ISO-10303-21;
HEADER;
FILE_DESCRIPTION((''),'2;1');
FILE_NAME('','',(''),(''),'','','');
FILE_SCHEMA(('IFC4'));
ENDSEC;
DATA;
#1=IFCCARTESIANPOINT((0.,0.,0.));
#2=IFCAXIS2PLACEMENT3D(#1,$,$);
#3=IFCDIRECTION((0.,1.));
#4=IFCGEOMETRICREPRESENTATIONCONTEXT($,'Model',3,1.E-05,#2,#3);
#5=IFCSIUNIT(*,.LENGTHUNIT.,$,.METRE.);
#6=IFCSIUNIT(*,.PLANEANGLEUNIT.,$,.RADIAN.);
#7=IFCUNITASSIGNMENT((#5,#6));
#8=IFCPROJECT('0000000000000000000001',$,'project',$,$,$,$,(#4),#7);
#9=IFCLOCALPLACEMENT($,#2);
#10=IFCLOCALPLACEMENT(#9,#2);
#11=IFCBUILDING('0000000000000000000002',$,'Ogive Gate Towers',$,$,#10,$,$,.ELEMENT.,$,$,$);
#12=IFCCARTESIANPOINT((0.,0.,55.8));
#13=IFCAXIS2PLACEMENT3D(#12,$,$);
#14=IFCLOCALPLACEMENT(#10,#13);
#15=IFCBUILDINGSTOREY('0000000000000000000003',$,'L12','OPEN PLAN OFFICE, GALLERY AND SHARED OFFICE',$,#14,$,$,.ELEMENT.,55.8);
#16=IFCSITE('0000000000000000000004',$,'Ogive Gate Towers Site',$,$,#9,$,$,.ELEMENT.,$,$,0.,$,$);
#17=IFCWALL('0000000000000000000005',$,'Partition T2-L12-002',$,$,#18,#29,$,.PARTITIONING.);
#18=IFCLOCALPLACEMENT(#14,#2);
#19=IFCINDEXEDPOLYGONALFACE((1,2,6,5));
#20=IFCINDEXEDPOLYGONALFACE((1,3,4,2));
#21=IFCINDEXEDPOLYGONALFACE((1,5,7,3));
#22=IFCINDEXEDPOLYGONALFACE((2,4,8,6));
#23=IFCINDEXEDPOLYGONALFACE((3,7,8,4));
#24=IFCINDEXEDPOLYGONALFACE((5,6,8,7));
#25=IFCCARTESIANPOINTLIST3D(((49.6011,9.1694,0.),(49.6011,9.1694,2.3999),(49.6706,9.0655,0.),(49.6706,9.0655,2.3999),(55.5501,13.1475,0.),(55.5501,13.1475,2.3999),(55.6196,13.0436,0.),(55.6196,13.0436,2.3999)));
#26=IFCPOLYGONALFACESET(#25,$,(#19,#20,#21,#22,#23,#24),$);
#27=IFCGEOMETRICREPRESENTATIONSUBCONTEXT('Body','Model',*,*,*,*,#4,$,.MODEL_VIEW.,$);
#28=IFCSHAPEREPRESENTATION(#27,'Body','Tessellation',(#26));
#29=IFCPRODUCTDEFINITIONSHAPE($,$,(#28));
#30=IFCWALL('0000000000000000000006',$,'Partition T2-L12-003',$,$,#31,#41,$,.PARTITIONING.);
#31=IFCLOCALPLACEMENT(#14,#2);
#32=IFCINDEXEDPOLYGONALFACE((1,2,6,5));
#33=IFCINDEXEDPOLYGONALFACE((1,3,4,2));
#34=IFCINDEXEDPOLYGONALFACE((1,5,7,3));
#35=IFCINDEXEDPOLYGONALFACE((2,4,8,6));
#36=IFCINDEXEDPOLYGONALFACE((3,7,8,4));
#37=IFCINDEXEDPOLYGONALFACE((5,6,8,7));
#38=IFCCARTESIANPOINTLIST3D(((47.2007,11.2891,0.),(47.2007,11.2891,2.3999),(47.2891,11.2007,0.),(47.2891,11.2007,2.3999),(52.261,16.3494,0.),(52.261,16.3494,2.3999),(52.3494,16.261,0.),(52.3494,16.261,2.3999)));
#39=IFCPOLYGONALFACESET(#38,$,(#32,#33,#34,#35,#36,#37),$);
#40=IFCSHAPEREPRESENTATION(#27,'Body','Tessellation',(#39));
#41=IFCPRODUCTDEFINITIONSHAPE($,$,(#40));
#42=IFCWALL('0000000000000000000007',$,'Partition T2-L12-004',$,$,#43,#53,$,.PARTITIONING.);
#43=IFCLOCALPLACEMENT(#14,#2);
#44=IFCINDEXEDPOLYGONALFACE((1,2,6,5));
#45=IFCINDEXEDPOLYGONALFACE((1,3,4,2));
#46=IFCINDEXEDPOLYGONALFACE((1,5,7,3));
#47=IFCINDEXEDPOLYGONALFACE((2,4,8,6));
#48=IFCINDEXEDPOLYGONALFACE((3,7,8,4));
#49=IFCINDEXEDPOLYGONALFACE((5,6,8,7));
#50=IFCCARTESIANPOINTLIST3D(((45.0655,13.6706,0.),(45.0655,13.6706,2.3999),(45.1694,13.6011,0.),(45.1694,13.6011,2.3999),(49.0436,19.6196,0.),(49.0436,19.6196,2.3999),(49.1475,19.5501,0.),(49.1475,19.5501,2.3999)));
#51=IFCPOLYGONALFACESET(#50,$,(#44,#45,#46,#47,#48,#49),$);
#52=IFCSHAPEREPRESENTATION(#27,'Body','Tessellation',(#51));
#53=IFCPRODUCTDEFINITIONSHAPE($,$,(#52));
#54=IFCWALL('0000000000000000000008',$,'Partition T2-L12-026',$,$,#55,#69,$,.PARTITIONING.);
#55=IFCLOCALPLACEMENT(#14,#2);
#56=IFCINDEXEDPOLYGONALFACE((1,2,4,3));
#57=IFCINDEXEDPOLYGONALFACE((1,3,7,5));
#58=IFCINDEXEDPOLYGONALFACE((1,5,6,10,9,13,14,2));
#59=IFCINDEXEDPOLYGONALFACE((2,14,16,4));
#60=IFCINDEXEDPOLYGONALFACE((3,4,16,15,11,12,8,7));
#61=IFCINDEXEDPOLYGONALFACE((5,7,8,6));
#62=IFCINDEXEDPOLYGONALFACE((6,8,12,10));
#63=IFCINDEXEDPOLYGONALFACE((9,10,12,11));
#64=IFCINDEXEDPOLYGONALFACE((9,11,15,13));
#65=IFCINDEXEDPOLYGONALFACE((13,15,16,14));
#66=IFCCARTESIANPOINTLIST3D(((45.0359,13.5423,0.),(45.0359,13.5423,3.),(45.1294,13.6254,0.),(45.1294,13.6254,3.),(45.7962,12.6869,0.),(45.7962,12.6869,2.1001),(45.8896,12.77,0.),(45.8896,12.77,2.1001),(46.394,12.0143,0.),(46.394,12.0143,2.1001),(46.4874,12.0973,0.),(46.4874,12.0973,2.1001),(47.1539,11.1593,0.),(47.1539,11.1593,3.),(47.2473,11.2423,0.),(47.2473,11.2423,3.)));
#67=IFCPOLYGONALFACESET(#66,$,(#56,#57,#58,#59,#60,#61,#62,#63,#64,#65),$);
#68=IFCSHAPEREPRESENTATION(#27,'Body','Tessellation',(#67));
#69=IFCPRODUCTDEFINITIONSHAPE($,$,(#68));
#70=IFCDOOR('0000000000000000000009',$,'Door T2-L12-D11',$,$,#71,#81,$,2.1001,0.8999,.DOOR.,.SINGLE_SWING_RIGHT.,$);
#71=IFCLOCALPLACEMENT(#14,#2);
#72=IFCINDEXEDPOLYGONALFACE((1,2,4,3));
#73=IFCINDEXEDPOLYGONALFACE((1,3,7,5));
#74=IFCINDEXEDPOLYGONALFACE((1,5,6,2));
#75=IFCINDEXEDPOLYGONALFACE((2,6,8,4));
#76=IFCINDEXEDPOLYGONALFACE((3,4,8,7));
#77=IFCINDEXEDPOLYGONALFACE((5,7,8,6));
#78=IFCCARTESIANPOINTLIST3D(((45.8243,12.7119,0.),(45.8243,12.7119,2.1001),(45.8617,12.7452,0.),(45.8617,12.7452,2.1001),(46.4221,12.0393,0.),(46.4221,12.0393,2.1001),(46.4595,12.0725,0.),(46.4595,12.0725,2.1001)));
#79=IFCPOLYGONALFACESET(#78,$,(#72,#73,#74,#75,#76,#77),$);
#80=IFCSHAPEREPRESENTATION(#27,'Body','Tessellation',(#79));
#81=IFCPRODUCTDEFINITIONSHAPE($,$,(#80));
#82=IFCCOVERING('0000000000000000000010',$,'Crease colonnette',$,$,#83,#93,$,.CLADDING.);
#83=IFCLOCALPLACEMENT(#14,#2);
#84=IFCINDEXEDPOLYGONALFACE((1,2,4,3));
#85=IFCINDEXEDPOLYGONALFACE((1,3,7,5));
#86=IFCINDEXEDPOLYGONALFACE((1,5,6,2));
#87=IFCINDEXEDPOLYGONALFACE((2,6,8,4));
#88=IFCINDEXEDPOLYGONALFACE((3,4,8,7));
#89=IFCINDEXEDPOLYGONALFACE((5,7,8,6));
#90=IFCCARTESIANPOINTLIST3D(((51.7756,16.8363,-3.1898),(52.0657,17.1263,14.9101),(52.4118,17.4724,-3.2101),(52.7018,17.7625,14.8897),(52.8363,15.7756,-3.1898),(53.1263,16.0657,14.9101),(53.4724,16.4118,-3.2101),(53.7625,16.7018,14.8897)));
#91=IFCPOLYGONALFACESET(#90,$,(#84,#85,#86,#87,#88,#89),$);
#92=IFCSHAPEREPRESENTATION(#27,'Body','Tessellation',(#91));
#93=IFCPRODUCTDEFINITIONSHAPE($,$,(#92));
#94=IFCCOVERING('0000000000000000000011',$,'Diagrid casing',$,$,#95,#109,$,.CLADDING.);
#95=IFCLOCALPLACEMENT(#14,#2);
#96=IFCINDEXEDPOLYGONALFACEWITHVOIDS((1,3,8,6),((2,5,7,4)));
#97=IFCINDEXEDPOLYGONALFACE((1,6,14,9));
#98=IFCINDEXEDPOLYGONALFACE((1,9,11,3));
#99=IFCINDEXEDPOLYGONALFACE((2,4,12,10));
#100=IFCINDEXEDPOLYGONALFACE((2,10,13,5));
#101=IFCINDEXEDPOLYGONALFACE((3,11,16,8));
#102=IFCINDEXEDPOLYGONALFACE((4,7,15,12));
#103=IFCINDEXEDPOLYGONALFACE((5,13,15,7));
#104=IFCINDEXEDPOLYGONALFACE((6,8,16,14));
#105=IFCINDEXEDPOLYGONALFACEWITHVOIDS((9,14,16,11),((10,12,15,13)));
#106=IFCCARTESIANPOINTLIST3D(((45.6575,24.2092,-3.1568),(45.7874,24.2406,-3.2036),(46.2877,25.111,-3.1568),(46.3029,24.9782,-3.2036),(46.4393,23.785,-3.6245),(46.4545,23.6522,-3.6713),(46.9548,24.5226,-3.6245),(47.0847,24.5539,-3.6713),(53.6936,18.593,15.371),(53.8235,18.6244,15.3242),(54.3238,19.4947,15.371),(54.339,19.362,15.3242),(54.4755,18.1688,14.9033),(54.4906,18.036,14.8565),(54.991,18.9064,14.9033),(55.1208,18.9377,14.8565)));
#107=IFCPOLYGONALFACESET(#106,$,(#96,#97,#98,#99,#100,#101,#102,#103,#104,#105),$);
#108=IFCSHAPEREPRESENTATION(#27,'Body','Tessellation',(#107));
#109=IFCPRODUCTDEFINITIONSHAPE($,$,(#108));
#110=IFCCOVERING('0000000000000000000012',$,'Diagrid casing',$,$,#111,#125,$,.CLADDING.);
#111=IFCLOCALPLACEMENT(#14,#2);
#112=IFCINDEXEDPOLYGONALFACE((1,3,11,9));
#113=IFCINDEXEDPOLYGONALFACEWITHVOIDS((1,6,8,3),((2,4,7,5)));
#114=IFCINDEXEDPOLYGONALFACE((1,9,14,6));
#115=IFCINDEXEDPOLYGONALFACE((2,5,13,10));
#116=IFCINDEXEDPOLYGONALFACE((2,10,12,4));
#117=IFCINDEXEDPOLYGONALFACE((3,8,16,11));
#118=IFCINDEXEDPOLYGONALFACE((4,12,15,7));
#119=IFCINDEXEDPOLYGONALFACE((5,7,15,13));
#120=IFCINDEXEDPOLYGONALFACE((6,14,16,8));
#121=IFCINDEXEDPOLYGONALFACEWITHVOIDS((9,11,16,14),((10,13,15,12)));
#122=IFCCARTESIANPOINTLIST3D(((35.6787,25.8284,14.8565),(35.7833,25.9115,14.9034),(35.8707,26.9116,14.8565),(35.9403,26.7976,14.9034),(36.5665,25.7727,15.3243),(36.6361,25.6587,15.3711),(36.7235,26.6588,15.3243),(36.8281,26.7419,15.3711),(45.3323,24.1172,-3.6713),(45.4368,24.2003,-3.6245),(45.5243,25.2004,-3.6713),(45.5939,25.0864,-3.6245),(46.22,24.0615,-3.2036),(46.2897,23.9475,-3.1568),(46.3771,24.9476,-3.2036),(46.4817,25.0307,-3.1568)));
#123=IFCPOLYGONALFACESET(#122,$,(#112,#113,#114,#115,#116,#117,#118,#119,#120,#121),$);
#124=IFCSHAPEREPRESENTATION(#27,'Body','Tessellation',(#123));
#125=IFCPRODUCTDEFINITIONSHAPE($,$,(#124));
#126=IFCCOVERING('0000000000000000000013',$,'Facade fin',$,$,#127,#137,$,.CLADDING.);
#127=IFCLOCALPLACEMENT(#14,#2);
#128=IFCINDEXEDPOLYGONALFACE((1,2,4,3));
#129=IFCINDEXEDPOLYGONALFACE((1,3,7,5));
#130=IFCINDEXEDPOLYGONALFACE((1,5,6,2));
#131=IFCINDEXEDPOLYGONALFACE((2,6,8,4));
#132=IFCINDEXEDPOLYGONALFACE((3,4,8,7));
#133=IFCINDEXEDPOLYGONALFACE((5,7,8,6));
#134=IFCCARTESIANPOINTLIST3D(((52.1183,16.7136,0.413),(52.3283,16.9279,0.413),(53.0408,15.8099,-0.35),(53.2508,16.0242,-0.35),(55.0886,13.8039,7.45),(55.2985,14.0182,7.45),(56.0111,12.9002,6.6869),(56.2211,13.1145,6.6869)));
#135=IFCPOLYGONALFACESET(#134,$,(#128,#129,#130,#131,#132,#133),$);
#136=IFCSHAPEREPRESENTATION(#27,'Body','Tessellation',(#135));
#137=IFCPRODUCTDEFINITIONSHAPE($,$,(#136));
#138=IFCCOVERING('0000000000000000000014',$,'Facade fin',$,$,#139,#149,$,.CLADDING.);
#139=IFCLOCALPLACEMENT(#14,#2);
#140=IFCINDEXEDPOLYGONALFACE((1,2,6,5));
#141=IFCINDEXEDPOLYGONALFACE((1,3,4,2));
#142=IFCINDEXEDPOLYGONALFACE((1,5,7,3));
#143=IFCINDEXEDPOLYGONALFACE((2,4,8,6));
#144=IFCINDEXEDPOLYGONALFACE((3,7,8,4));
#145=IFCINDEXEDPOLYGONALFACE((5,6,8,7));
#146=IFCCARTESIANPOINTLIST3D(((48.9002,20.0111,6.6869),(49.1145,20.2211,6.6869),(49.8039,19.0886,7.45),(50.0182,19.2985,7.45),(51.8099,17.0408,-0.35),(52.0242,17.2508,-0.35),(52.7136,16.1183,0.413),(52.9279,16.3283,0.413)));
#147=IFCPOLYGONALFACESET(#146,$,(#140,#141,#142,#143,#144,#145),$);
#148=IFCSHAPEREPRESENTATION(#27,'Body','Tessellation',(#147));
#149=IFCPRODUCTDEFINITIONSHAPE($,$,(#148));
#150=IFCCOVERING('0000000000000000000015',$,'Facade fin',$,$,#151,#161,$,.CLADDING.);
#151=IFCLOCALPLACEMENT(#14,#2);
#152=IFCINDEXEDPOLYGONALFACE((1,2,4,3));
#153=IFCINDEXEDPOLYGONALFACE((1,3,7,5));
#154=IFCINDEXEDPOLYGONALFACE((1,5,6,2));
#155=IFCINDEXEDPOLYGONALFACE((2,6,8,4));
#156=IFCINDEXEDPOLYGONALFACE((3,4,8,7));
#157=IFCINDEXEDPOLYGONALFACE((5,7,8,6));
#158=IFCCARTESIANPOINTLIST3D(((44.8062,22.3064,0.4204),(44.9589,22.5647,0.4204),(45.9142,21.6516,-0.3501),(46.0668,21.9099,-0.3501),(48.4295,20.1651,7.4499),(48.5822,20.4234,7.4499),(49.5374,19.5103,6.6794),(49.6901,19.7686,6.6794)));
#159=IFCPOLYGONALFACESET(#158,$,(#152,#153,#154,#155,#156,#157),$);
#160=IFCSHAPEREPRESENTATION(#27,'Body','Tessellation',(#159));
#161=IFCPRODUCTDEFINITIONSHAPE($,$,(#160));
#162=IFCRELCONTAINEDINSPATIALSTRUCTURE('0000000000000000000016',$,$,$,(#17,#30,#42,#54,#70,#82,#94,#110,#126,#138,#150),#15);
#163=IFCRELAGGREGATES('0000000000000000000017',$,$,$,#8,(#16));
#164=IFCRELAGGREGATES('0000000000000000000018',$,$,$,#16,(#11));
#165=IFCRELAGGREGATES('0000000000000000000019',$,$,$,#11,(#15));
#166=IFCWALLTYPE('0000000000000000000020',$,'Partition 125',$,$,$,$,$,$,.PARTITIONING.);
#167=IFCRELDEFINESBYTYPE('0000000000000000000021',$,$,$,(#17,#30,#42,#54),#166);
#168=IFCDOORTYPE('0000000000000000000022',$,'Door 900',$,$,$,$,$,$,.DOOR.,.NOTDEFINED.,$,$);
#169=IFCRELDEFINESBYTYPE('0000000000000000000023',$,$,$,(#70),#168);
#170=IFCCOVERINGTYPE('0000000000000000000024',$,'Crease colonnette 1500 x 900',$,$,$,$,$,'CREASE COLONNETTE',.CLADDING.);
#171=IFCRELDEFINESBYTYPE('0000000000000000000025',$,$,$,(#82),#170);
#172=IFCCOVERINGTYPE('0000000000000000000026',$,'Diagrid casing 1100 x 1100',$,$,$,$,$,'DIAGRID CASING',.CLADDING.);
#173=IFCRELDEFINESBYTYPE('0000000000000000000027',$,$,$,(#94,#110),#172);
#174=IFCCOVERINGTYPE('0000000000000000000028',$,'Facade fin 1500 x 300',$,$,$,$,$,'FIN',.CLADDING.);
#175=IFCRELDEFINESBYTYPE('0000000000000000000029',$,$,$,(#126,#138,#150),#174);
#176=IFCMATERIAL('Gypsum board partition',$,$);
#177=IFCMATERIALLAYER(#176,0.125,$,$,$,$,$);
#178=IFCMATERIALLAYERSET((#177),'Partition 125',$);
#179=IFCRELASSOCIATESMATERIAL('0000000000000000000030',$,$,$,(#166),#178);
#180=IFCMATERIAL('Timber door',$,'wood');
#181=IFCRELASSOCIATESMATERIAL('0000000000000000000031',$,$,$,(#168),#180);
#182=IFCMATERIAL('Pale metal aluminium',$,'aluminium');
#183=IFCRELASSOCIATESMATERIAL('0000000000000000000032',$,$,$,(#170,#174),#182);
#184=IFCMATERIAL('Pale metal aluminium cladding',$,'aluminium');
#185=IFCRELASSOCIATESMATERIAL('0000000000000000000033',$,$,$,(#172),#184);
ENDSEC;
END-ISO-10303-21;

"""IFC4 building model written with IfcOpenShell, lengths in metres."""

from ifc_helpers import new_model, si_unit, direction, frame, frame_2d, origin, origin_2d, place, context, subcontext, project, spatial, rectangle, hollow_rectangle, extrude, material, layer, layer_set, material_profile, profile_set, type_object, element, fill, save


model = new_model("IFC4")

# Units and contexts
model_context = context("Model", 3, precision=1e-05, world=origin(), true_north=direction((0.0, 1.0)))
body_context = subcontext(model_context, "Body", "Model", "MODEL_VIEW")
ifc_project = project(units=[si_unit("LENGTHUNIT", "METRE"), si_unit("PLANEANGLEUNIT", "RADIAN")], contexts=[model_context])

# Site, building, storey
site_placement = place(None, origin())
site = spatial("IfcSite", under=ifc_project, at=site_placement, Name="Ogive Gate Towers Site", CompositionType="ELEMENT", RefElevation=0.0)
building_placement = place(site_placement, origin())
building = spatial("IfcBuilding", under=site, at=building_placement, Name="Ogive Gate Towers", CompositionType="ELEMENT")
storey_placement = place(building_placement, frame((0.0, 0.0, 55.8)))
storey = spatial("IfcBuildingStorey", under=building, at=storey_placement, Name="L12", Description="OPEN PLAN OFFICE, GALLERY AND SHARED OFFICE", CompositionType="ELEMENT", Elevation=55.8)

# Shared definitions
ifc_material_1 = material(Name="Pale metal aluminium", Category="aluminium")

# Walls
ifc_material_2 = material(Name="Gypsum board partition")
ifc_layer_1 = layer(ifc_material_2, 0.125)
ifc_layer_set_1 = layer_set([ifc_layer_1], Name="Partition 125")
wall_type = type_object("IfcWallType", Name="Partition 125", PredefinedType="PARTITIONING", material=ifc_layer_set_1)
wall_1_placement = place(storey_placement, frame((55.5847, 13.0955, 0.0), z_axis=(0.0, 0.0, 1.0), x_axis=(-0.831273, -0.555865, 0.0)))
element("IfcWall", 1, at=wall_1_placement, inside=storey, type_object=wall_type, Name="Partition T2-L12-002", PredefinedType="PARTITIONING", context=body_context, shape_type="SweptSolid", body=[
    extrude(rectangle(XDim=7.1565, YDim=0.125, at=frame_2d((3.5781, 0.0))), origin(), (0.0, 0.0, 1.0), 2.3999),
])
wall_2_placement = place(storey_placement, frame((52.3052, 16.3052, 0.0), z_axis=(0.0, 0.0, 1.0), x_axis=(-0.707107, -0.707107, 0.0)))
element("IfcWall", 2, at=wall_2_placement, inside=storey, type_object=wall_type, Name="Partition T2-L12-003", PredefinedType="PARTITIONING", context=body_context, shape_type="SweptSolid", body=[
    extrude(rectangle(XDim=7.1562, YDim=0.125, at=frame_2d((3.5781, 0.0))), origin(), (0.0, 0.0, 1.0), 2.3999),
])
wall_3_placement = place(storey_placement, frame((49.0955, 19.5847, 0.0), z_axis=(0.0, 0.0, 1.0), x_axis=(-0.555865, -0.831273, 0.0)))
element("IfcWall", 3, at=wall_3_placement, inside=storey, type_object=wall_type, Name="Partition T2-L12-004", PredefinedType="PARTITIONING", context=body_context, shape_type="SweptSolid", body=[
    extrude(rectangle(XDim=7.1565, YDim=0.125, at=frame_2d((3.5781, 0.0))), origin(), (0.0, 0.0, 1.0), 2.3999),
])

# Wall, opening, door
wall_4_placement = place(storey_placement, frame((47.2007, 11.2007, 0.0), z_axis=(0.0, 0.0, 1.0), x_axis=(-0.664302, 0.747464, 0.0)))
wall_4 = element("IfcWall", 4, at=wall_4_placement, inside=storey, type_object=wall_type, Name="Partition T2-L12-026", PredefinedType="PARTITIONING", context=body_context, shape_type="SweptSolid", body=[
    extrude(rectangle(XDim=3.1882, YDim=0.125, at=frame_2d((1.5942, 0.0))), origin(), (0.0, 0.0, 1.0), 3.0),
])
opening_placement = place(wall_4_placement, frame((1.144, 0.0, 0.0)))
opening = element("IfcOpeningElement", 5, at=opening_placement, cuts=wall_4, PredefinedType="OPENING", context=body_context, shape_type="SweptSolid", body=[
    extrude(rectangle(XDim=0.8999, YDim=2.1001, at=frame_2d((0.45, 1.05))), frame((0.0, 0.0725, 0.0), z_axis=(0.0, -1.0, 0.0), x_axis=(1.0, 0.0, 0.0)), (0.0, 0.0, 1.0), 0.145),
])
ifc_material_3 = material(Name="Timber door", Category="wood")
door_type = type_object("IfcDoorType", Name="Door 900", OperationType="NOTDEFINED", PredefinedType="DOOR", material=ifc_material_3)
door_placement = place(opening_placement, origin())
door = element("IfcDoor", 6, at=door_placement, inside=storey, type_object=door_type, Name="Door T2-L12-D11", OperationType="SINGLE_SWING_RIGHT", OverallHeight=2.1001, OverallWidth=0.8999, PredefinedType="DOOR", context=body_context, shape_type="SweptSolid", body=[
    extrude(rectangle(XDim=0.8999, YDim=2.1001, at=frame_2d((0.45, 1.05))), frame((0.0, 0.0249, 0.0), z_axis=(0.0, -1.0, 0.0), x_axis=(1.0, 0.0, 0.0)), (0.0, 0.0, 1.0), 0.05),
])
fill(opening, door)

# Coverings
ifc_material_profile_1 = material_profile(ifc_material_1, rectangle(XDim=1.5, YDim=0.8999, at=origin_2d()), Name="1500 x 900 pale metal aluminium")
ifc_profile_set_1 = profile_set([ifc_material_profile_1], Name="Pale metal aluminium")
covering_type_1 = type_object("IfcCoveringType", Name="Crease colonnette 1500 x 900", ElementType="CREASE COLONNETTE", PredefinedType="CLADDING", material=ifc_profile_set_1)
covering_1_placement = place(storey_placement, frame((52.624, 16.624, -3.2), z_axis=(0.01602, 0.01602, 0.999743), x_axis=(-0.707107, 0.707107, 0.0)))
element("IfcCovering", 7, at=covering_1_placement, inside=storey, type_object=covering_type_1, Name="Crease colonnette", PredefinedType="CLADDING", context=body_context, shape_type="SweptSolid", body=[
    extrude(rectangle(XDim=1.5, YDim=0.8999, at=origin_2d()), origin(), (0.0, 0.0, 1.0), 18.1045),
])
ifc_material_4 = material(Name="Pale metal aluminium cladding", Category="aluminium")
ifc_material_profile_2 = material_profile(ifc_material_4, hollow_rectangle(XDim=1.1001, YDim=1.1001, WallThickness=0.1001, at=origin_2d()), Name="1100 x 1100 pale metal casing")
ifc_profile_set_2 = profile_set([ifc_material_profile_2], Name="Pale metal aluminium cladding")
covering_type_2 = type_object("IfcCoveringType", Name="Diagrid casing 1100 x 1100", ElementType="DIAGRID CASING", PredefinedType="CLADDING", material=ifc_profile_set_2)
for number, where, z_axis, x_axis, name in (
    (8, (46.3711, 24.3816, -3.4141), (0.383368, -0.267925, 0.883881), (0.57284, 0.819667, 0.0), "Diagrid casing"),
    (9, (45.907, 24.574, -3.4141), (-0.46053, 0.081633, 0.883883), (-0.174538, -0.98465, 0.0), "Diagrid casing"),
):
    element("IfcCovering", number, at=place(storey_placement, frame(where, z_axis=z_axis, x_axis=x_axis)), inside=storey, type_object=covering_type_2, Name=name, PredefinedType="CLADDING", context=body_context, shape_type="SweptSolid", body=[
        extrude(hollow_rectangle(XDim=1.1001, YDim=1.1001, WallThickness=0.1001, at=origin_2d()), origin(), (0.0, 0.0, 1.0), 20.9619),
    ])
ifc_material_profile_3 = material_profile(ifc_material_1, rectangle(XDim=0.3, YDim=1.5, at=origin_2d()), Name="1500 x 300 pale metal aluminium")
ifc_profile_set_3 = profile_set([ifc_material_profile_3], Name="Pale metal aluminium")
covering_type_3 = type_object("IfcCoveringType", Name="Facade fin 1500 x 300", ElementType="FIN", PredefinedType="CLADDING", material=ifc_profile_set_3)
for number, where, z_axis, x_axis, name in (
    (10, (52.6846, 16.3689, 0.0315), (0.363396, -0.355989, 0.860938), (0.699788, 0.71435, 0.0), "Facade fin"),
    (11, (52.3689, 16.6846, 0.0315), (-0.355989, 0.363396, 0.860938), (-0.71435, -0.699788, 0.0), "Facade fin"),
):
    element("IfcCovering", number, at=place(storey_placement, frame(where, z_axis=z_axis, x_axis=x_axis)), inside=storey, type_object=covering_type_3, Name=name, PredefinedType="CLADDING", context=body_context, shape_type="SweptSolid", body=[
        extrude(rectangle(XDim=0.3, YDim=1.5, at=origin_2d()), origin(), (0.0, 0.0, 1.0), 8.1736),
    ])
covering_2_placement = place(storey_placement, frame((45.4365, 22.1082, 0.0352), z_axis=(0.442233, -0.261359, 0.857975), x_axis=(0.508786, 0.860893, 0.0)))
element("IfcCovering", 12, at=covering_2_placement, inside=storey, type_object=covering_type_3, Name="Facade fin", PredefinedType="CLADDING", context=body_context, shape_type="SweptSolid", body=[
    extrude(rectangle(XDim=0.3, YDim=1.5, at=origin_2d()), origin(), (0.0, 0.0, 1.0), 8.1931),
])

save(model, "model.ifc")
